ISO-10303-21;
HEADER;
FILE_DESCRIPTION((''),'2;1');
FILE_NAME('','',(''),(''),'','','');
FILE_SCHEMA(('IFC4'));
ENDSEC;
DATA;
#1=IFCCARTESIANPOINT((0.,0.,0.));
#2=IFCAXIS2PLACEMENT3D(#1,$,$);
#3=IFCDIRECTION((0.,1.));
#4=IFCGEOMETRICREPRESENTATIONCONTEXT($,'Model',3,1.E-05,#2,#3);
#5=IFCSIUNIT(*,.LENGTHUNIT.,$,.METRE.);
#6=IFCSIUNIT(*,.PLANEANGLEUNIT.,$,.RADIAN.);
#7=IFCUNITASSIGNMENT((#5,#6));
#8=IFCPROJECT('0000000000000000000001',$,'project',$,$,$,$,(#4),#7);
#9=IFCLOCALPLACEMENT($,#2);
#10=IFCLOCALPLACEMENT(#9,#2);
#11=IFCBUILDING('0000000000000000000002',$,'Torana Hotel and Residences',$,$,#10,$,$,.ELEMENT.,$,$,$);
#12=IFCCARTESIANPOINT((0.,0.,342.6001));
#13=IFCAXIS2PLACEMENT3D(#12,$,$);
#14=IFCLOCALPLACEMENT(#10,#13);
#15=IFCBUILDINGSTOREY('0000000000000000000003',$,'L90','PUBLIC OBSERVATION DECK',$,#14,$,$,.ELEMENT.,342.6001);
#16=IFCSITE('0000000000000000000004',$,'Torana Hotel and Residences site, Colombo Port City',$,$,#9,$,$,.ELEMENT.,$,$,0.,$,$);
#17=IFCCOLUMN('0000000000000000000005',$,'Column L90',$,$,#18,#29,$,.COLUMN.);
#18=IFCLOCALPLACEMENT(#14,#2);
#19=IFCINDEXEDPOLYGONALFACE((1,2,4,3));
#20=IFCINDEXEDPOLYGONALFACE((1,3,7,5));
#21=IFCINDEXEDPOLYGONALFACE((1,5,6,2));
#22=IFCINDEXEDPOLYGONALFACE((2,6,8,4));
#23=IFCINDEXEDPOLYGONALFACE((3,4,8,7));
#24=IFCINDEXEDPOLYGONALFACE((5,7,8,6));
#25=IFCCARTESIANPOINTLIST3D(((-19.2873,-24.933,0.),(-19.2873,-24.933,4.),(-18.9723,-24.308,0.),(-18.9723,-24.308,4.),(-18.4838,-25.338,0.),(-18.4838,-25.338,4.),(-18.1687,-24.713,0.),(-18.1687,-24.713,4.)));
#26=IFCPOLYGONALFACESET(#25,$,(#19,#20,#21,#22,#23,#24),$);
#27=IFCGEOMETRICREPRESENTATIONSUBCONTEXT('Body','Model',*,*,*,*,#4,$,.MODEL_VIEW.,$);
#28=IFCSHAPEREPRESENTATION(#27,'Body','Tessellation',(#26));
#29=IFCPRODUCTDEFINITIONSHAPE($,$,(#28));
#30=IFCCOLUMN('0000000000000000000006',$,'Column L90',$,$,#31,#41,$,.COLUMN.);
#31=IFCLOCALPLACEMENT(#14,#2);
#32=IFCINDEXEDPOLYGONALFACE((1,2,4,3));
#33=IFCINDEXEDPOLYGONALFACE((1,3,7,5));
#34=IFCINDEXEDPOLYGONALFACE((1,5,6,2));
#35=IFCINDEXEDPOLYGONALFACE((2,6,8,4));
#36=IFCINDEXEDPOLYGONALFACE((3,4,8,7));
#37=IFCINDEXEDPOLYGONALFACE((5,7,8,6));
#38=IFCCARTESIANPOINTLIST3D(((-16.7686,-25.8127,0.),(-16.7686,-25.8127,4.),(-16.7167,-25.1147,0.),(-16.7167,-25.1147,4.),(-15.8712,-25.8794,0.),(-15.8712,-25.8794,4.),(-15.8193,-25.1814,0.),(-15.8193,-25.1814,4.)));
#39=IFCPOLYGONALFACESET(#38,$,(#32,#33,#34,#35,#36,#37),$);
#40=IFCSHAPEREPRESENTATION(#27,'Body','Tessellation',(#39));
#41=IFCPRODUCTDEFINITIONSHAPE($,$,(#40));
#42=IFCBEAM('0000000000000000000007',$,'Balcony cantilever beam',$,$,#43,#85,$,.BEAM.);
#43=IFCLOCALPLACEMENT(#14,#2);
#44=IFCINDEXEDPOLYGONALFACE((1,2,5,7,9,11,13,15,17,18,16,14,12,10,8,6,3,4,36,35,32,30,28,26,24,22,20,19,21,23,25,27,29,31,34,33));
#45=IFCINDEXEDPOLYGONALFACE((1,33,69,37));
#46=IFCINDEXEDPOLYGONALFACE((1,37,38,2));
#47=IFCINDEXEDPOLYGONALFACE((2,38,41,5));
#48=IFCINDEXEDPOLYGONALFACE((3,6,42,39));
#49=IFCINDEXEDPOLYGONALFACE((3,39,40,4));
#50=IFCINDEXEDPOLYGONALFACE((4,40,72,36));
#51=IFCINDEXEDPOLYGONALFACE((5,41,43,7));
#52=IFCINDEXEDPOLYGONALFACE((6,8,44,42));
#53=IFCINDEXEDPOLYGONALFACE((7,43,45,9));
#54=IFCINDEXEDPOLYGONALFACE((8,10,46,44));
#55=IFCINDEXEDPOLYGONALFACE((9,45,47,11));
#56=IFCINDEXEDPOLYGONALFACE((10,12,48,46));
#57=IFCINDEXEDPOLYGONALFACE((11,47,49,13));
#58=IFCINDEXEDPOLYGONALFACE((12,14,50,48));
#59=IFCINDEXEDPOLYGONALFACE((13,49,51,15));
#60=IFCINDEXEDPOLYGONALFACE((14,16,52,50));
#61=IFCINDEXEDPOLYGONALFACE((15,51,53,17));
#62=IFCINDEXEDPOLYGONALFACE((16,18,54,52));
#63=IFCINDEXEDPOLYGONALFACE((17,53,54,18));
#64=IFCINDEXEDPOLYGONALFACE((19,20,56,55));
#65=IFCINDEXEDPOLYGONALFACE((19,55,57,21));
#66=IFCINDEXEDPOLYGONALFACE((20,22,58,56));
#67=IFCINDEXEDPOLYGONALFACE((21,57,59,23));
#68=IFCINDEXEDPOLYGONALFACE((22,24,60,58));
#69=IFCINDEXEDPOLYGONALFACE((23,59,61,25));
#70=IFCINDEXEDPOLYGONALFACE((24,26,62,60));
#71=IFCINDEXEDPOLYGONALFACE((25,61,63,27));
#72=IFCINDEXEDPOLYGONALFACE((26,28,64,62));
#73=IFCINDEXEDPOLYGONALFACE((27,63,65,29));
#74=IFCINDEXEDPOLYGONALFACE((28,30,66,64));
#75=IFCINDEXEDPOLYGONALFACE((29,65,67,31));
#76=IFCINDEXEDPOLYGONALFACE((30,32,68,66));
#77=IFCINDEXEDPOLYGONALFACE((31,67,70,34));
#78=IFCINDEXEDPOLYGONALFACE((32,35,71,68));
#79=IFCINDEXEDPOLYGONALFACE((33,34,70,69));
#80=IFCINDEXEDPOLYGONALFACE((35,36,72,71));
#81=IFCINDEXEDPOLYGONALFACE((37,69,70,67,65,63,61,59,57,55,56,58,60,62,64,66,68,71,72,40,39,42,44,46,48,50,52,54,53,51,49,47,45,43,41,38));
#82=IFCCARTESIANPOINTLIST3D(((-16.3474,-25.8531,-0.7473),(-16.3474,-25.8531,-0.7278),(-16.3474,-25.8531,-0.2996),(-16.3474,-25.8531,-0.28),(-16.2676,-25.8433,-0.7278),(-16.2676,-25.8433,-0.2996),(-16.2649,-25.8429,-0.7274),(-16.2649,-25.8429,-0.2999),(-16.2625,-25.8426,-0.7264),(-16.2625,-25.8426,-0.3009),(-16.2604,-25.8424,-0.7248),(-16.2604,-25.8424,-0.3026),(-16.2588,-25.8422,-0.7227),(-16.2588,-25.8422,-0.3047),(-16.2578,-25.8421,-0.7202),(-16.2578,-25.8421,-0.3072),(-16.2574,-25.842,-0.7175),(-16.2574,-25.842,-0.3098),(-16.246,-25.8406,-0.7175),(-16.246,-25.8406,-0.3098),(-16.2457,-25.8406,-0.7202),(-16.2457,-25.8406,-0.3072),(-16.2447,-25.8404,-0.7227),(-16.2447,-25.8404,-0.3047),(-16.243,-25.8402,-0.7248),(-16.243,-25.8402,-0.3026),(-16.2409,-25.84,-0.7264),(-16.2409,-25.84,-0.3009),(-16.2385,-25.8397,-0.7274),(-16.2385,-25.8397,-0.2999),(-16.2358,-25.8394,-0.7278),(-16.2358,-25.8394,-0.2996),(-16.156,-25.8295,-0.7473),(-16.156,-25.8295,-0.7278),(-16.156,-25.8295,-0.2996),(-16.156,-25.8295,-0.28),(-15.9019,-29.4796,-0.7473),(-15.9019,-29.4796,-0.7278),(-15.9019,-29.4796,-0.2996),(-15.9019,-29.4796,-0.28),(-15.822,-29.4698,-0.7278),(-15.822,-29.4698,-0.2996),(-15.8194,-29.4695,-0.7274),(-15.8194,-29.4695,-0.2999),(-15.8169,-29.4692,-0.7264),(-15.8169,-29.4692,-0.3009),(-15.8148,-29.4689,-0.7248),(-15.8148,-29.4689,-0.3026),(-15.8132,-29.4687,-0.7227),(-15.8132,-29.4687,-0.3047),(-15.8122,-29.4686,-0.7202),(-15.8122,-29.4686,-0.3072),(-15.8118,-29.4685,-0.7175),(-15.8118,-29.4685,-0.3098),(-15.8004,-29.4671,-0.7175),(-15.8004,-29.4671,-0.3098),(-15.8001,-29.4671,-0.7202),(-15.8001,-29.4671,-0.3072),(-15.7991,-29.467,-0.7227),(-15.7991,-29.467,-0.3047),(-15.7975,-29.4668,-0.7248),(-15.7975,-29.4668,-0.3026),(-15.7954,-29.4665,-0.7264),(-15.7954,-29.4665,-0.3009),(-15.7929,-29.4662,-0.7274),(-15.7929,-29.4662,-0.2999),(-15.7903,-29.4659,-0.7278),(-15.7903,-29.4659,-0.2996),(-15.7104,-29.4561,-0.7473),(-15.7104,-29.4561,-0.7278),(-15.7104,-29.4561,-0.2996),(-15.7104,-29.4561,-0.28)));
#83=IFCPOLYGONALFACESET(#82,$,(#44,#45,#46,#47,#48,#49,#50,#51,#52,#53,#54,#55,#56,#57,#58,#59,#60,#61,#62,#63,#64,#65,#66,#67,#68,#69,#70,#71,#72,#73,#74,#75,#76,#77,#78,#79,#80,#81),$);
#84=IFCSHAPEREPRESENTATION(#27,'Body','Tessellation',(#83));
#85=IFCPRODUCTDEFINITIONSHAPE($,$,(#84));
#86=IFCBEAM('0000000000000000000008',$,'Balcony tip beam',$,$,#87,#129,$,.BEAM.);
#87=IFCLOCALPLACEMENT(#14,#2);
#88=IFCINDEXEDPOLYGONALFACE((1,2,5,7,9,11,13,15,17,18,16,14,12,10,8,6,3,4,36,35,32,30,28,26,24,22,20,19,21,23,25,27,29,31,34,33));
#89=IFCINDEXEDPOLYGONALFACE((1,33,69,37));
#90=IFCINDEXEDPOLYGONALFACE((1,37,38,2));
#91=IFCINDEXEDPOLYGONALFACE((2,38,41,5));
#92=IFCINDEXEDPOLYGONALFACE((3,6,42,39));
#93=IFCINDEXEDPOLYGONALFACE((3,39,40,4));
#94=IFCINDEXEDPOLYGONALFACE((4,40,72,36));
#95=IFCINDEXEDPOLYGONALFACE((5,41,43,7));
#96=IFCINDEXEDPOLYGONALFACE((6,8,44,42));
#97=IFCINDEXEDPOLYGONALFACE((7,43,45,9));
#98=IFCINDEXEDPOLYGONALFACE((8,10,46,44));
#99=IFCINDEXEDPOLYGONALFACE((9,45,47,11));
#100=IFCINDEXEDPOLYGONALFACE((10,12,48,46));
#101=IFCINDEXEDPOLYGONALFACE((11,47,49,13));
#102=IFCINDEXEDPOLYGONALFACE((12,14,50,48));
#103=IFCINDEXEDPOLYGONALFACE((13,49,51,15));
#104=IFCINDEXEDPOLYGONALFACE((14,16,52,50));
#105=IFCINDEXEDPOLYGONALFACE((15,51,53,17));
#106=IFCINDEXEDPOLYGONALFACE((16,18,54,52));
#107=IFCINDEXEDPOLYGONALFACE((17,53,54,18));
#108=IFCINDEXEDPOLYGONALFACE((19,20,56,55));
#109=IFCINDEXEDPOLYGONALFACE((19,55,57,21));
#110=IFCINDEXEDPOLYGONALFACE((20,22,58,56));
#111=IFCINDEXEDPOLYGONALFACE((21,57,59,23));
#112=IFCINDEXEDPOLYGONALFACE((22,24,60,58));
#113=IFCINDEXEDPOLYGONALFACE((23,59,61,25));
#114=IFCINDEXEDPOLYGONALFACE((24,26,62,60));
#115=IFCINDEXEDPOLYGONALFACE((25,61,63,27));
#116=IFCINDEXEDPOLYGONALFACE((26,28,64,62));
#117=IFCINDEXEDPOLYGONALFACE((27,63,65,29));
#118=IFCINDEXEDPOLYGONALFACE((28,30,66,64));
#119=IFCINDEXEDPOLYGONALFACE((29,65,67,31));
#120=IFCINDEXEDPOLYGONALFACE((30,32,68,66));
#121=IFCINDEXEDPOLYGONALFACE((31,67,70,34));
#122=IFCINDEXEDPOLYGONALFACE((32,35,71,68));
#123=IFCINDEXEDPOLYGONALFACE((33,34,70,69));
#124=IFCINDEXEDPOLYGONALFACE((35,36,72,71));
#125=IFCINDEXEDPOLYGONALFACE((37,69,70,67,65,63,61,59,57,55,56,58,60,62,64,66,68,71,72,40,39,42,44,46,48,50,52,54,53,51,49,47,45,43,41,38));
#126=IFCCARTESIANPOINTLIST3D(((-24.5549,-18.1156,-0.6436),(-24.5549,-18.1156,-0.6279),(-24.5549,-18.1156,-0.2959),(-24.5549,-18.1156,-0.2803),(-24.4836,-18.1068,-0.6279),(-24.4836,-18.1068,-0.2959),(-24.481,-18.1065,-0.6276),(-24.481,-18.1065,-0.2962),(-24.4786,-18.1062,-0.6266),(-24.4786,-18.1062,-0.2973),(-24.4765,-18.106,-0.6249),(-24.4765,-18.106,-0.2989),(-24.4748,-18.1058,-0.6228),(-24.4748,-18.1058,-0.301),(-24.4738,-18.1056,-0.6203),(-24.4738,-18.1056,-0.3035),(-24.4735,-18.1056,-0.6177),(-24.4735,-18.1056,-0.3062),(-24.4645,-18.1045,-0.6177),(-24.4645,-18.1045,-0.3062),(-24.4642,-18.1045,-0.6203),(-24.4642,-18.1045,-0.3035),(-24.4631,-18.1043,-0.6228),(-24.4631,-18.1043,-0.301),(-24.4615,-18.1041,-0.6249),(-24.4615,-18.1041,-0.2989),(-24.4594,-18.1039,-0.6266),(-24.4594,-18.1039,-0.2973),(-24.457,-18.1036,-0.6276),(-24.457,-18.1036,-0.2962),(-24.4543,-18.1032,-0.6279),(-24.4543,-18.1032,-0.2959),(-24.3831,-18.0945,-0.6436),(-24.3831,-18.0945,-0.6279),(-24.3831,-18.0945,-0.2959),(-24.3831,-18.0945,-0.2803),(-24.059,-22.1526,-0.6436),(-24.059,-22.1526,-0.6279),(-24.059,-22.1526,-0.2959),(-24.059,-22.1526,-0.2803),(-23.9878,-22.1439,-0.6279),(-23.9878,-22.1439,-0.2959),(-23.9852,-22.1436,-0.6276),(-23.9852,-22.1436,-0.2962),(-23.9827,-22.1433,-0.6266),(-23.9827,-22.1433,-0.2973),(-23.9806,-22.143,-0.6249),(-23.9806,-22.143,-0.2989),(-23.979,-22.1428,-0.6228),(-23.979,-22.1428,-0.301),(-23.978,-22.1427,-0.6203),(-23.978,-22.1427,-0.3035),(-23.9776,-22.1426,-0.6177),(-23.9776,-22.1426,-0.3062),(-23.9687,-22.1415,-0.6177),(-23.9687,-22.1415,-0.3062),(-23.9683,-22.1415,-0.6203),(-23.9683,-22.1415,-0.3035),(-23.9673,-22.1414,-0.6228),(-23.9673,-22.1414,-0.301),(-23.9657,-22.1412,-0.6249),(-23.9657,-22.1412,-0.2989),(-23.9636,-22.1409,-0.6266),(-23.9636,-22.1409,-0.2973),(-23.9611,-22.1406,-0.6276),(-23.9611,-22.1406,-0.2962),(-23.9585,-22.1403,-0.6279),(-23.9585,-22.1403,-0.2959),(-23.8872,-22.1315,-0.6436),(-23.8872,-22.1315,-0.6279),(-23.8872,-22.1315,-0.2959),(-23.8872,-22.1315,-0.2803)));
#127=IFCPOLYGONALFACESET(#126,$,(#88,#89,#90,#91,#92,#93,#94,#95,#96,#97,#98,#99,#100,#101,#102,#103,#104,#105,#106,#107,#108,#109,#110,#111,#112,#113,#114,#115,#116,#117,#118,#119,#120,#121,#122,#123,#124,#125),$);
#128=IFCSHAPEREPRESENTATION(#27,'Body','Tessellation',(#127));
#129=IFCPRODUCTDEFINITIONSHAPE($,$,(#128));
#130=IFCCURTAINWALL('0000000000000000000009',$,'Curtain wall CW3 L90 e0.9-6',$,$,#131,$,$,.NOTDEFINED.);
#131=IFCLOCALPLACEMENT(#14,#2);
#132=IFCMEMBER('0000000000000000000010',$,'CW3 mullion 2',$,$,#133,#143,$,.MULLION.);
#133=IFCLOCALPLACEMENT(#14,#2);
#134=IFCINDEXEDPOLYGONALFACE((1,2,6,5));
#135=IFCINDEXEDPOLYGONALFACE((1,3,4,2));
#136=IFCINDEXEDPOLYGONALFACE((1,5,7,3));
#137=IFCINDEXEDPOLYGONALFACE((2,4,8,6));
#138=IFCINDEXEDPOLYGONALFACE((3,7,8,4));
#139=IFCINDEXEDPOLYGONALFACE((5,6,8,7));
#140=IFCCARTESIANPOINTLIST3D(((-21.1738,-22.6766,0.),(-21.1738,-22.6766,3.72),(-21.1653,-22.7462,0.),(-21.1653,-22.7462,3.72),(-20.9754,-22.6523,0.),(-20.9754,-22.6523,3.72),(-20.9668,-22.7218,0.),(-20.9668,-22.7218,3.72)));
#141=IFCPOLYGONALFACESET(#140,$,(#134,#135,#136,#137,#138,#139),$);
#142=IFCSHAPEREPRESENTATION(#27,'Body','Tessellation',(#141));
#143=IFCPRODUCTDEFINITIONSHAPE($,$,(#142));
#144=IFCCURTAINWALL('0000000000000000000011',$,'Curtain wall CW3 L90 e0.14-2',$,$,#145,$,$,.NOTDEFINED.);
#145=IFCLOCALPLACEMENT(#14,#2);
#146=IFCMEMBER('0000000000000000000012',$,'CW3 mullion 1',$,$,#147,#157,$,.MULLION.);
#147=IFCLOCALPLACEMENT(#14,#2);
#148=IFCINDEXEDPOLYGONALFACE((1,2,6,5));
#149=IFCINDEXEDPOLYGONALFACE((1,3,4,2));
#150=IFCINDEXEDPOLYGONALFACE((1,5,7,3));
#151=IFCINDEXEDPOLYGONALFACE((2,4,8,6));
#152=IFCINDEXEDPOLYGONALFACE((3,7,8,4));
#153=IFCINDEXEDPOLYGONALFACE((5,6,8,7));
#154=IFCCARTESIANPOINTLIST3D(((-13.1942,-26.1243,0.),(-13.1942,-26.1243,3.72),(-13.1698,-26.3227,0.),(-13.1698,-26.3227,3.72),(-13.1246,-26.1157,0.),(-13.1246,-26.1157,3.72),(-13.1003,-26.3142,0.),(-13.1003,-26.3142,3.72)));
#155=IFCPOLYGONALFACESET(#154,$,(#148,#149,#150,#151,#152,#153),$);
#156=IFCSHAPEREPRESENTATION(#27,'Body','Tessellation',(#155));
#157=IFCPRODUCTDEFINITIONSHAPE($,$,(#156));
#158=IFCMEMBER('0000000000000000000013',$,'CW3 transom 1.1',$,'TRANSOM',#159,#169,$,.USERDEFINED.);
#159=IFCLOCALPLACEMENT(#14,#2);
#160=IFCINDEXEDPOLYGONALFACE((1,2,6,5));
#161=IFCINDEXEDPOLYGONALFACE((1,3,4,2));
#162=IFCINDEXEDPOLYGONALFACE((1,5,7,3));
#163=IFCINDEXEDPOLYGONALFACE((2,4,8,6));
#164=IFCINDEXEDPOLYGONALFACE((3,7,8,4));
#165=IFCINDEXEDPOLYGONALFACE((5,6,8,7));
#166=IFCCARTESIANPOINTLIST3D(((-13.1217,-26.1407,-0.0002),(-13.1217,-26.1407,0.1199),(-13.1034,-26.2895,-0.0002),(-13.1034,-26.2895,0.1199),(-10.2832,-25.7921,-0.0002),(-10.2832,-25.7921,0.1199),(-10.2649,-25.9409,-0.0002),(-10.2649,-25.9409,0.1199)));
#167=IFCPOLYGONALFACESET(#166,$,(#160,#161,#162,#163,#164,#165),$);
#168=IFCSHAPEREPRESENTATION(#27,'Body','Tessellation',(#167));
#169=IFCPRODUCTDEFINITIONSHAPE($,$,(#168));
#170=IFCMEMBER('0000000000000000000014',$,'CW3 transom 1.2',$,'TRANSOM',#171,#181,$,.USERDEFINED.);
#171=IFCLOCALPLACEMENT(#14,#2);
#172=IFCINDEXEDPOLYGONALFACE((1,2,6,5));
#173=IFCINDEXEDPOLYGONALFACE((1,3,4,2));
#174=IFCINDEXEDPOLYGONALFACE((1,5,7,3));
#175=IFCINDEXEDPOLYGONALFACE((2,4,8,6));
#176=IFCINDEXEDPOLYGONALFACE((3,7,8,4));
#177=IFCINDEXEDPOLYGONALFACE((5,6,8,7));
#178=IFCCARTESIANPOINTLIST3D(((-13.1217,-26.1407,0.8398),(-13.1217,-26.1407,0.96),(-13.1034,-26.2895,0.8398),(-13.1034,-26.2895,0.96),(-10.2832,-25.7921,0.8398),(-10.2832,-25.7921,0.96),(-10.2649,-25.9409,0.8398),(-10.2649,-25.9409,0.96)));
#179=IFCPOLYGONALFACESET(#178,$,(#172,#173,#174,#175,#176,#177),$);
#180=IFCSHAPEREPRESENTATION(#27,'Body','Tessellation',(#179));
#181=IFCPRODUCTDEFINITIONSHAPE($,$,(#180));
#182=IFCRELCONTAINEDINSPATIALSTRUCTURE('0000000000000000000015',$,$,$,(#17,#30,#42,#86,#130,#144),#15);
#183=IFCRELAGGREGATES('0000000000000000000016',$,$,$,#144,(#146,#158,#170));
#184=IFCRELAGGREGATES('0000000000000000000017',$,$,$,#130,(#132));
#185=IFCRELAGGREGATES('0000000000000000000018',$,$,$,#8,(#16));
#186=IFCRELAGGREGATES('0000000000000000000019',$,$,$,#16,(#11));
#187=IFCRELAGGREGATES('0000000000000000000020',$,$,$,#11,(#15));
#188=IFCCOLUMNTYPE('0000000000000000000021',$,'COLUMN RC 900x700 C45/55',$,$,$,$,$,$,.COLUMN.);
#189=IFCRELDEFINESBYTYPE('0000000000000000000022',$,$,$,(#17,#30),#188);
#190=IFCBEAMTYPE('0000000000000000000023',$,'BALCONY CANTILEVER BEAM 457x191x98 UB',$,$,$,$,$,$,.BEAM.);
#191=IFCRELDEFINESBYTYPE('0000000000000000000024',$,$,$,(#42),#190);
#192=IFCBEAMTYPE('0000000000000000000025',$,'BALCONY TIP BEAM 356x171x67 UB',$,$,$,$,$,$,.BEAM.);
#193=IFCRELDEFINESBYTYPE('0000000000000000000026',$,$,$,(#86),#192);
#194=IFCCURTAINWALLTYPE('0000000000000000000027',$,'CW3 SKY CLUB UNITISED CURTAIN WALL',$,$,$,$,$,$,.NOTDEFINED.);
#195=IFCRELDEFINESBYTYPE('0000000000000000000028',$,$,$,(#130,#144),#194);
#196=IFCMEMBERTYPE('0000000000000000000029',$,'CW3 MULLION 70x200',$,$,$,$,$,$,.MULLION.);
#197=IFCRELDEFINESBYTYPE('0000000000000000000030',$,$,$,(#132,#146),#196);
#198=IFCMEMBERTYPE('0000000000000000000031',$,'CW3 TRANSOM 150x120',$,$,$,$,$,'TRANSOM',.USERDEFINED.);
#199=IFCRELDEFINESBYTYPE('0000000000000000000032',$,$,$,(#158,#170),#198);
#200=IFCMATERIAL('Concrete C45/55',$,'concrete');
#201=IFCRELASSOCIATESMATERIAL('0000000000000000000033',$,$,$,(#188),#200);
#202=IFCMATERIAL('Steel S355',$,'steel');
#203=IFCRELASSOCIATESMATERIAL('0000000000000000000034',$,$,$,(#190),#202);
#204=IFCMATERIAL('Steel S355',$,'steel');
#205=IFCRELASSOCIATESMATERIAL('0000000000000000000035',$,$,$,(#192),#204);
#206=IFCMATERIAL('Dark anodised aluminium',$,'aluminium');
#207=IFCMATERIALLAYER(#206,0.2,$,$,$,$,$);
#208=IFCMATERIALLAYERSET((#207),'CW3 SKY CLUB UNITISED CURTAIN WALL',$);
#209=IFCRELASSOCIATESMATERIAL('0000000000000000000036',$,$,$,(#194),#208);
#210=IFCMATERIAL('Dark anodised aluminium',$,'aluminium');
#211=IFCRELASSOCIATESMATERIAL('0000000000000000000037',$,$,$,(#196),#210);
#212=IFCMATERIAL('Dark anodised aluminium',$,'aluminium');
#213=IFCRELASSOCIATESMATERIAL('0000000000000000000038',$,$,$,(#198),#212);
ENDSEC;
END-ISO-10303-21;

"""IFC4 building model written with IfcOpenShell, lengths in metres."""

from ifc_helpers import new_model, si_unit, direction, frame, origin, origin_2d, place, context, subcontext, project, spatial, rectangle, i_section, extrude, material, layer, layer_set, material_profile, profile_set, type_object, element, aggregate, save


model = new_model("IFC4")

# Units and contexts
model_context = context("Model", 3, precision=1e-05, world=origin(), true_north=direction((0.0, 1.0)))
body_context = subcontext(model_context, "Body", "Model", "MODEL_VIEW")
ifc_project = project(units=[si_unit("LENGTHUNIT", "METRE"), si_unit("PLANEANGLEUNIT", "RADIAN")], contexts=[model_context])

# Site, building, storey
site_placement = place(None, origin())
site = spatial("IfcSite", under=ifc_project, at=site_placement, Name="Torana Hotel and Residences site, Colombo Port City", CompositionType="ELEMENT", RefElevation=0.0)
building_placement = place(site_placement, origin())
building = spatial("IfcBuilding", under=site, at=building_placement, Name="Torana Hotel and Residences", CompositionType="ELEMENT")
storey_placement = place(building_placement, frame((0.0, 0.0, 342.6001)))
storey = spatial("IfcBuildingStorey", under=building, at=storey_placement, Name="L90", Description="PUBLIC OBSERVATION DECK", CompositionType="ELEMENT", Elevation=342.6001)

# Columns
ifc_material_1 = material(Name="Concrete C45/55", Category="concrete")
ifc_material_profile_1 = material_profile(ifc_material_1, rectangle(XDim=0.8999, YDim=0.7, at=origin_2d()), Name="RC 900x700")
ifc_profile_set_1 = profile_set([ifc_material_profile_1], Name="Concrete C45/55")
column_type = type_object("IfcColumnType", Name="COLUMN RC 900x700 C45/55", PredefinedType="COLUMN", material=ifc_profile_set_1)
for number, where, z_axis, x_axis, name in (
    (1, (-18.728, -24.823, 0.0), (0.0, 0.0, 1.0), (-0.892979, 0.450098, 0.0), "Column L90"),
    (2, (-16.2939, -25.4971, 0.0), (0.0, 0.0, 1.0), (-0.997251, 0.074091, 0.0), "Column L90"),
):
    element("IfcColumn", number, at=place(storey_placement, frame(where, z_axis=z_axis, x_axis=x_axis)), inside=storey, type_object=column_type, Name=name, PredefinedType="COLUMN", context=body_context, shape_type="SweptSolid", body=[
        extrude(rectangle(XDim=0.8999, YDim=0.7, at=origin_2d()), origin(), (0.0, 0.0, 1.0), 4.0),
    ])

# Beams
ifc_material_2 = material(Name="Steel S355", Category="steel")
ifc_material_profile_2 = material_profile(ifc_material_2, i_section(OverallWidth=0.1929, OverallDepth=0.4673, WebThickness=0.0115, FlangeThickness=0.0195, FilletRadius=0.0103, at=origin_2d()), Name="457x191x98 UB")
ifc_profile_set_2 = profile_set([ifc_material_profile_2], Name="Steel S355")
beam_type_1 = type_object("IfcBeamType", Name="BALCONY CANTILEVER BEAM 457x191x98 UB", PredefinedType="BEAM", material=ifc_profile_set_2)
beam_1_placement = place(storey_placement, frame((-16.2517, -25.8413, -0.5137), z_axis=(0.121946, -0.992537, 0.0), x_axis=(0.992537, 0.121946, 0.0)))
element("IfcBeam", 3, at=beam_1_placement, inside=storey, type_object=beam_type_1, Name="Balcony cantilever beam", PredefinedType="BEAM", context=body_context, shape_type="SweptSolid", body=[
    extrude(i_section(OverallWidth=0.1929, OverallDepth=0.4673, WebThickness=0.0115, FlangeThickness=0.0195, FilletRadius=0.0103, at=origin_2d()), origin(), (0.0, 0.0, 1.0), 3.6538),
])
ifc_material_3 = material(Name="Steel S355", Category="steel")
ifc_material_profile_3 = material_profile(ifc_material_3, i_section(OverallWidth=0.1731, OverallDepth=0.3633, WebThickness=0.009, FlangeThickness=0.0156, FilletRadius=0.0103, at=origin_2d()), Name="356x171x67 UB")
ifc_profile_set_3 = profile_set([ifc_material_profile_3], Name="Steel S355")
beam_type_2 = type_object("IfcBeamType", Name="BALCONY TIP BEAM 356x171x67 UB", PredefinedType="BEAM", material=ifc_profile_set_3)
beam_2_placement = place(storey_placement, frame((-23.9731, -22.1421, -0.4619), z_axis=(-0.121907, 0.992542, 0.0), x_axis=(-0.992542, -0.121907, 0.0)))
element("IfcBeam", 4, at=beam_2_placement, inside=storey, type_object=beam_type_2, Name="Balcony tip beam", PredefinedType="BEAM", context=body_context, shape_type="SweptSolid", body=[
    extrude(i_section(OverallWidth=0.1731, OverallDepth=0.3633, WebThickness=0.009, FlangeThickness=0.0156, FilletRadius=0.0103, at=origin_2d()), origin(), (0.0, 0.0, 1.0), 4.0674),
])

# Curtain wall, member
ifc_material_4 = material(Name="Dark anodised aluminium", Category="aluminium")
ifc_layer_1 = layer(ifc_material_4, 0.2)
ifc_layer_set_1 = layer_set([ifc_layer_1], Name="CW3 SKY CLUB UNITISED CURTAIN WALL")
curtain_wall_type = type_object("IfcCurtainWallType", Name="CW3 SKY CLUB UNITISED CURTAIN WALL", PredefinedType="NOTDEFINED", material=ifc_layer_set_1)
curtain_wall_1_placement = place(storey_placement, origin())
curtain_wall_1 = element("IfcCurtainWall", 5, at=curtain_wall_1_placement, inside=storey, type_object=curtain_wall_type, Name="Curtain wall CW3 L90 e0.9-6", PredefinedType="NOTDEFINED")
ifc_material_5 = material(Name="Dark anodised aluminium", Category="aluminium")
ifc_material_profile_4 = material_profile(ifc_material_5, rectangle(XDim=0.2, YDim=0.0701, at=origin_2d()), Name="CW3 MULLION 70x200")
ifc_profile_set_4 = profile_set([ifc_material_profile_4], Name="Dark anodised aluminium")
member_type_1 = type_object("IfcMemberType", Name="CW3 MULLION 70x200", PredefinedType="MULLION", material=ifc_profile_set_4)
member_1_placement = place(storey_placement, frame((-21.0703, -22.6992, 0.0), z_axis=(0.0, 0.0, 1.0), x_axis=(0.992544, 0.121883, 0.0)))
member_1 = element("IfcMember", 6, at=member_1_placement, type_object=member_type_1, Name="CW3 mullion 2", PredefinedType="MULLION", context=body_context, shape_type="SweptSolid", body=[
    extrude(rectangle(XDim=0.2, YDim=0.0701, at=origin_2d()), origin(), (0.0, 0.0, 1.0), 3.72),
])

# Curtain wall, members
curtain_wall_2_placement = place(storey_placement, origin())
curtain_wall_2 = element("IfcCurtainWall", 7, at=curtain_wall_2_placement, inside=storey, type_object=curtain_wall_type, Name="Curtain wall CW3 L90 e0.14-2", PredefinedType="NOTDEFINED")
member_2_placement = place(storey_placement, frame((-13.1472, -26.2192, 0.0), z_axis=(0.0, 0.0, 1.0), x_axis=(-0.121868, 0.992546, 0.0)))
member_2 = element("IfcMember", 8, at=member_2_placement, type_object=member_type_1, Name="CW3 mullion 1", PredefinedType="MULLION", context=body_context, shape_type="SweptSolid", body=[
    extrude(rectangle(XDim=0.2, YDim=0.0701, at=origin_2d()), origin(), (0.0, 0.0, 1.0), 3.72),
])
ifc_material_6 = material(Name="Dark anodised aluminium", Category="aluminium")
ifc_material_profile_5 = material_profile(ifc_material_6, rectangle(XDim=0.1499, YDim=0.1201, at=origin_2d()), Name="CW3 TRANSOM 150x120")
ifc_profile_set_5 = profile_set([ifc_material_profile_5], Name="Dark anodised aluminium")
member_type_2 = type_object("IfcMemberType", Name="CW3 TRANSOM 150x120", ElementType="TRANSOM", PredefinedType="USERDEFINED", material=ifc_profile_set_5)
member_3_placement = place(storey_placement, frame((-13.1125, -26.2151, 0.0598), z_axis=(0.992542, 0.121902, 0.0), x_axis=(-0.121902, 0.992542, 0.0)))
member_3 = element("IfcMember", 9, at=member_3_placement, type_object=member_type_2, Name="CW3 transom 1.1", ObjectType="TRANSOM", PredefinedType="USERDEFINED", context=body_context, shape_type="SweptSolid", body=[
    extrude(rectangle(XDim=0.1499, YDim=0.1201, at=origin_2d()), origin(), (0.0, 0.0, 1.0), 2.8599),
])
member_4_placement = place(storey_placement, frame((-13.1125, -26.2151, 0.8999), z_axis=(0.992542, 0.121902, 0.0), x_axis=(-0.121902, 0.992542, 0.0)))
member_4 = element("IfcMember", 10, at=member_4_placement, type_object=member_type_2, Name="CW3 transom 1.2", ObjectType="TRANSOM", PredefinedType="USERDEFINED", context=body_context, shape_type="SweptSolid", body=[
    extrude(rectangle(XDim=0.1499, YDim=0.1201, at=origin_2d()), origin(), (0.0, 0.0, 1.0), 2.8599),
])
aggregate(curtain_wall_2, [member_2, member_3, member_4])

aggregate(curtain_wall_1, [member_1])

save(model, "model.ifc")
